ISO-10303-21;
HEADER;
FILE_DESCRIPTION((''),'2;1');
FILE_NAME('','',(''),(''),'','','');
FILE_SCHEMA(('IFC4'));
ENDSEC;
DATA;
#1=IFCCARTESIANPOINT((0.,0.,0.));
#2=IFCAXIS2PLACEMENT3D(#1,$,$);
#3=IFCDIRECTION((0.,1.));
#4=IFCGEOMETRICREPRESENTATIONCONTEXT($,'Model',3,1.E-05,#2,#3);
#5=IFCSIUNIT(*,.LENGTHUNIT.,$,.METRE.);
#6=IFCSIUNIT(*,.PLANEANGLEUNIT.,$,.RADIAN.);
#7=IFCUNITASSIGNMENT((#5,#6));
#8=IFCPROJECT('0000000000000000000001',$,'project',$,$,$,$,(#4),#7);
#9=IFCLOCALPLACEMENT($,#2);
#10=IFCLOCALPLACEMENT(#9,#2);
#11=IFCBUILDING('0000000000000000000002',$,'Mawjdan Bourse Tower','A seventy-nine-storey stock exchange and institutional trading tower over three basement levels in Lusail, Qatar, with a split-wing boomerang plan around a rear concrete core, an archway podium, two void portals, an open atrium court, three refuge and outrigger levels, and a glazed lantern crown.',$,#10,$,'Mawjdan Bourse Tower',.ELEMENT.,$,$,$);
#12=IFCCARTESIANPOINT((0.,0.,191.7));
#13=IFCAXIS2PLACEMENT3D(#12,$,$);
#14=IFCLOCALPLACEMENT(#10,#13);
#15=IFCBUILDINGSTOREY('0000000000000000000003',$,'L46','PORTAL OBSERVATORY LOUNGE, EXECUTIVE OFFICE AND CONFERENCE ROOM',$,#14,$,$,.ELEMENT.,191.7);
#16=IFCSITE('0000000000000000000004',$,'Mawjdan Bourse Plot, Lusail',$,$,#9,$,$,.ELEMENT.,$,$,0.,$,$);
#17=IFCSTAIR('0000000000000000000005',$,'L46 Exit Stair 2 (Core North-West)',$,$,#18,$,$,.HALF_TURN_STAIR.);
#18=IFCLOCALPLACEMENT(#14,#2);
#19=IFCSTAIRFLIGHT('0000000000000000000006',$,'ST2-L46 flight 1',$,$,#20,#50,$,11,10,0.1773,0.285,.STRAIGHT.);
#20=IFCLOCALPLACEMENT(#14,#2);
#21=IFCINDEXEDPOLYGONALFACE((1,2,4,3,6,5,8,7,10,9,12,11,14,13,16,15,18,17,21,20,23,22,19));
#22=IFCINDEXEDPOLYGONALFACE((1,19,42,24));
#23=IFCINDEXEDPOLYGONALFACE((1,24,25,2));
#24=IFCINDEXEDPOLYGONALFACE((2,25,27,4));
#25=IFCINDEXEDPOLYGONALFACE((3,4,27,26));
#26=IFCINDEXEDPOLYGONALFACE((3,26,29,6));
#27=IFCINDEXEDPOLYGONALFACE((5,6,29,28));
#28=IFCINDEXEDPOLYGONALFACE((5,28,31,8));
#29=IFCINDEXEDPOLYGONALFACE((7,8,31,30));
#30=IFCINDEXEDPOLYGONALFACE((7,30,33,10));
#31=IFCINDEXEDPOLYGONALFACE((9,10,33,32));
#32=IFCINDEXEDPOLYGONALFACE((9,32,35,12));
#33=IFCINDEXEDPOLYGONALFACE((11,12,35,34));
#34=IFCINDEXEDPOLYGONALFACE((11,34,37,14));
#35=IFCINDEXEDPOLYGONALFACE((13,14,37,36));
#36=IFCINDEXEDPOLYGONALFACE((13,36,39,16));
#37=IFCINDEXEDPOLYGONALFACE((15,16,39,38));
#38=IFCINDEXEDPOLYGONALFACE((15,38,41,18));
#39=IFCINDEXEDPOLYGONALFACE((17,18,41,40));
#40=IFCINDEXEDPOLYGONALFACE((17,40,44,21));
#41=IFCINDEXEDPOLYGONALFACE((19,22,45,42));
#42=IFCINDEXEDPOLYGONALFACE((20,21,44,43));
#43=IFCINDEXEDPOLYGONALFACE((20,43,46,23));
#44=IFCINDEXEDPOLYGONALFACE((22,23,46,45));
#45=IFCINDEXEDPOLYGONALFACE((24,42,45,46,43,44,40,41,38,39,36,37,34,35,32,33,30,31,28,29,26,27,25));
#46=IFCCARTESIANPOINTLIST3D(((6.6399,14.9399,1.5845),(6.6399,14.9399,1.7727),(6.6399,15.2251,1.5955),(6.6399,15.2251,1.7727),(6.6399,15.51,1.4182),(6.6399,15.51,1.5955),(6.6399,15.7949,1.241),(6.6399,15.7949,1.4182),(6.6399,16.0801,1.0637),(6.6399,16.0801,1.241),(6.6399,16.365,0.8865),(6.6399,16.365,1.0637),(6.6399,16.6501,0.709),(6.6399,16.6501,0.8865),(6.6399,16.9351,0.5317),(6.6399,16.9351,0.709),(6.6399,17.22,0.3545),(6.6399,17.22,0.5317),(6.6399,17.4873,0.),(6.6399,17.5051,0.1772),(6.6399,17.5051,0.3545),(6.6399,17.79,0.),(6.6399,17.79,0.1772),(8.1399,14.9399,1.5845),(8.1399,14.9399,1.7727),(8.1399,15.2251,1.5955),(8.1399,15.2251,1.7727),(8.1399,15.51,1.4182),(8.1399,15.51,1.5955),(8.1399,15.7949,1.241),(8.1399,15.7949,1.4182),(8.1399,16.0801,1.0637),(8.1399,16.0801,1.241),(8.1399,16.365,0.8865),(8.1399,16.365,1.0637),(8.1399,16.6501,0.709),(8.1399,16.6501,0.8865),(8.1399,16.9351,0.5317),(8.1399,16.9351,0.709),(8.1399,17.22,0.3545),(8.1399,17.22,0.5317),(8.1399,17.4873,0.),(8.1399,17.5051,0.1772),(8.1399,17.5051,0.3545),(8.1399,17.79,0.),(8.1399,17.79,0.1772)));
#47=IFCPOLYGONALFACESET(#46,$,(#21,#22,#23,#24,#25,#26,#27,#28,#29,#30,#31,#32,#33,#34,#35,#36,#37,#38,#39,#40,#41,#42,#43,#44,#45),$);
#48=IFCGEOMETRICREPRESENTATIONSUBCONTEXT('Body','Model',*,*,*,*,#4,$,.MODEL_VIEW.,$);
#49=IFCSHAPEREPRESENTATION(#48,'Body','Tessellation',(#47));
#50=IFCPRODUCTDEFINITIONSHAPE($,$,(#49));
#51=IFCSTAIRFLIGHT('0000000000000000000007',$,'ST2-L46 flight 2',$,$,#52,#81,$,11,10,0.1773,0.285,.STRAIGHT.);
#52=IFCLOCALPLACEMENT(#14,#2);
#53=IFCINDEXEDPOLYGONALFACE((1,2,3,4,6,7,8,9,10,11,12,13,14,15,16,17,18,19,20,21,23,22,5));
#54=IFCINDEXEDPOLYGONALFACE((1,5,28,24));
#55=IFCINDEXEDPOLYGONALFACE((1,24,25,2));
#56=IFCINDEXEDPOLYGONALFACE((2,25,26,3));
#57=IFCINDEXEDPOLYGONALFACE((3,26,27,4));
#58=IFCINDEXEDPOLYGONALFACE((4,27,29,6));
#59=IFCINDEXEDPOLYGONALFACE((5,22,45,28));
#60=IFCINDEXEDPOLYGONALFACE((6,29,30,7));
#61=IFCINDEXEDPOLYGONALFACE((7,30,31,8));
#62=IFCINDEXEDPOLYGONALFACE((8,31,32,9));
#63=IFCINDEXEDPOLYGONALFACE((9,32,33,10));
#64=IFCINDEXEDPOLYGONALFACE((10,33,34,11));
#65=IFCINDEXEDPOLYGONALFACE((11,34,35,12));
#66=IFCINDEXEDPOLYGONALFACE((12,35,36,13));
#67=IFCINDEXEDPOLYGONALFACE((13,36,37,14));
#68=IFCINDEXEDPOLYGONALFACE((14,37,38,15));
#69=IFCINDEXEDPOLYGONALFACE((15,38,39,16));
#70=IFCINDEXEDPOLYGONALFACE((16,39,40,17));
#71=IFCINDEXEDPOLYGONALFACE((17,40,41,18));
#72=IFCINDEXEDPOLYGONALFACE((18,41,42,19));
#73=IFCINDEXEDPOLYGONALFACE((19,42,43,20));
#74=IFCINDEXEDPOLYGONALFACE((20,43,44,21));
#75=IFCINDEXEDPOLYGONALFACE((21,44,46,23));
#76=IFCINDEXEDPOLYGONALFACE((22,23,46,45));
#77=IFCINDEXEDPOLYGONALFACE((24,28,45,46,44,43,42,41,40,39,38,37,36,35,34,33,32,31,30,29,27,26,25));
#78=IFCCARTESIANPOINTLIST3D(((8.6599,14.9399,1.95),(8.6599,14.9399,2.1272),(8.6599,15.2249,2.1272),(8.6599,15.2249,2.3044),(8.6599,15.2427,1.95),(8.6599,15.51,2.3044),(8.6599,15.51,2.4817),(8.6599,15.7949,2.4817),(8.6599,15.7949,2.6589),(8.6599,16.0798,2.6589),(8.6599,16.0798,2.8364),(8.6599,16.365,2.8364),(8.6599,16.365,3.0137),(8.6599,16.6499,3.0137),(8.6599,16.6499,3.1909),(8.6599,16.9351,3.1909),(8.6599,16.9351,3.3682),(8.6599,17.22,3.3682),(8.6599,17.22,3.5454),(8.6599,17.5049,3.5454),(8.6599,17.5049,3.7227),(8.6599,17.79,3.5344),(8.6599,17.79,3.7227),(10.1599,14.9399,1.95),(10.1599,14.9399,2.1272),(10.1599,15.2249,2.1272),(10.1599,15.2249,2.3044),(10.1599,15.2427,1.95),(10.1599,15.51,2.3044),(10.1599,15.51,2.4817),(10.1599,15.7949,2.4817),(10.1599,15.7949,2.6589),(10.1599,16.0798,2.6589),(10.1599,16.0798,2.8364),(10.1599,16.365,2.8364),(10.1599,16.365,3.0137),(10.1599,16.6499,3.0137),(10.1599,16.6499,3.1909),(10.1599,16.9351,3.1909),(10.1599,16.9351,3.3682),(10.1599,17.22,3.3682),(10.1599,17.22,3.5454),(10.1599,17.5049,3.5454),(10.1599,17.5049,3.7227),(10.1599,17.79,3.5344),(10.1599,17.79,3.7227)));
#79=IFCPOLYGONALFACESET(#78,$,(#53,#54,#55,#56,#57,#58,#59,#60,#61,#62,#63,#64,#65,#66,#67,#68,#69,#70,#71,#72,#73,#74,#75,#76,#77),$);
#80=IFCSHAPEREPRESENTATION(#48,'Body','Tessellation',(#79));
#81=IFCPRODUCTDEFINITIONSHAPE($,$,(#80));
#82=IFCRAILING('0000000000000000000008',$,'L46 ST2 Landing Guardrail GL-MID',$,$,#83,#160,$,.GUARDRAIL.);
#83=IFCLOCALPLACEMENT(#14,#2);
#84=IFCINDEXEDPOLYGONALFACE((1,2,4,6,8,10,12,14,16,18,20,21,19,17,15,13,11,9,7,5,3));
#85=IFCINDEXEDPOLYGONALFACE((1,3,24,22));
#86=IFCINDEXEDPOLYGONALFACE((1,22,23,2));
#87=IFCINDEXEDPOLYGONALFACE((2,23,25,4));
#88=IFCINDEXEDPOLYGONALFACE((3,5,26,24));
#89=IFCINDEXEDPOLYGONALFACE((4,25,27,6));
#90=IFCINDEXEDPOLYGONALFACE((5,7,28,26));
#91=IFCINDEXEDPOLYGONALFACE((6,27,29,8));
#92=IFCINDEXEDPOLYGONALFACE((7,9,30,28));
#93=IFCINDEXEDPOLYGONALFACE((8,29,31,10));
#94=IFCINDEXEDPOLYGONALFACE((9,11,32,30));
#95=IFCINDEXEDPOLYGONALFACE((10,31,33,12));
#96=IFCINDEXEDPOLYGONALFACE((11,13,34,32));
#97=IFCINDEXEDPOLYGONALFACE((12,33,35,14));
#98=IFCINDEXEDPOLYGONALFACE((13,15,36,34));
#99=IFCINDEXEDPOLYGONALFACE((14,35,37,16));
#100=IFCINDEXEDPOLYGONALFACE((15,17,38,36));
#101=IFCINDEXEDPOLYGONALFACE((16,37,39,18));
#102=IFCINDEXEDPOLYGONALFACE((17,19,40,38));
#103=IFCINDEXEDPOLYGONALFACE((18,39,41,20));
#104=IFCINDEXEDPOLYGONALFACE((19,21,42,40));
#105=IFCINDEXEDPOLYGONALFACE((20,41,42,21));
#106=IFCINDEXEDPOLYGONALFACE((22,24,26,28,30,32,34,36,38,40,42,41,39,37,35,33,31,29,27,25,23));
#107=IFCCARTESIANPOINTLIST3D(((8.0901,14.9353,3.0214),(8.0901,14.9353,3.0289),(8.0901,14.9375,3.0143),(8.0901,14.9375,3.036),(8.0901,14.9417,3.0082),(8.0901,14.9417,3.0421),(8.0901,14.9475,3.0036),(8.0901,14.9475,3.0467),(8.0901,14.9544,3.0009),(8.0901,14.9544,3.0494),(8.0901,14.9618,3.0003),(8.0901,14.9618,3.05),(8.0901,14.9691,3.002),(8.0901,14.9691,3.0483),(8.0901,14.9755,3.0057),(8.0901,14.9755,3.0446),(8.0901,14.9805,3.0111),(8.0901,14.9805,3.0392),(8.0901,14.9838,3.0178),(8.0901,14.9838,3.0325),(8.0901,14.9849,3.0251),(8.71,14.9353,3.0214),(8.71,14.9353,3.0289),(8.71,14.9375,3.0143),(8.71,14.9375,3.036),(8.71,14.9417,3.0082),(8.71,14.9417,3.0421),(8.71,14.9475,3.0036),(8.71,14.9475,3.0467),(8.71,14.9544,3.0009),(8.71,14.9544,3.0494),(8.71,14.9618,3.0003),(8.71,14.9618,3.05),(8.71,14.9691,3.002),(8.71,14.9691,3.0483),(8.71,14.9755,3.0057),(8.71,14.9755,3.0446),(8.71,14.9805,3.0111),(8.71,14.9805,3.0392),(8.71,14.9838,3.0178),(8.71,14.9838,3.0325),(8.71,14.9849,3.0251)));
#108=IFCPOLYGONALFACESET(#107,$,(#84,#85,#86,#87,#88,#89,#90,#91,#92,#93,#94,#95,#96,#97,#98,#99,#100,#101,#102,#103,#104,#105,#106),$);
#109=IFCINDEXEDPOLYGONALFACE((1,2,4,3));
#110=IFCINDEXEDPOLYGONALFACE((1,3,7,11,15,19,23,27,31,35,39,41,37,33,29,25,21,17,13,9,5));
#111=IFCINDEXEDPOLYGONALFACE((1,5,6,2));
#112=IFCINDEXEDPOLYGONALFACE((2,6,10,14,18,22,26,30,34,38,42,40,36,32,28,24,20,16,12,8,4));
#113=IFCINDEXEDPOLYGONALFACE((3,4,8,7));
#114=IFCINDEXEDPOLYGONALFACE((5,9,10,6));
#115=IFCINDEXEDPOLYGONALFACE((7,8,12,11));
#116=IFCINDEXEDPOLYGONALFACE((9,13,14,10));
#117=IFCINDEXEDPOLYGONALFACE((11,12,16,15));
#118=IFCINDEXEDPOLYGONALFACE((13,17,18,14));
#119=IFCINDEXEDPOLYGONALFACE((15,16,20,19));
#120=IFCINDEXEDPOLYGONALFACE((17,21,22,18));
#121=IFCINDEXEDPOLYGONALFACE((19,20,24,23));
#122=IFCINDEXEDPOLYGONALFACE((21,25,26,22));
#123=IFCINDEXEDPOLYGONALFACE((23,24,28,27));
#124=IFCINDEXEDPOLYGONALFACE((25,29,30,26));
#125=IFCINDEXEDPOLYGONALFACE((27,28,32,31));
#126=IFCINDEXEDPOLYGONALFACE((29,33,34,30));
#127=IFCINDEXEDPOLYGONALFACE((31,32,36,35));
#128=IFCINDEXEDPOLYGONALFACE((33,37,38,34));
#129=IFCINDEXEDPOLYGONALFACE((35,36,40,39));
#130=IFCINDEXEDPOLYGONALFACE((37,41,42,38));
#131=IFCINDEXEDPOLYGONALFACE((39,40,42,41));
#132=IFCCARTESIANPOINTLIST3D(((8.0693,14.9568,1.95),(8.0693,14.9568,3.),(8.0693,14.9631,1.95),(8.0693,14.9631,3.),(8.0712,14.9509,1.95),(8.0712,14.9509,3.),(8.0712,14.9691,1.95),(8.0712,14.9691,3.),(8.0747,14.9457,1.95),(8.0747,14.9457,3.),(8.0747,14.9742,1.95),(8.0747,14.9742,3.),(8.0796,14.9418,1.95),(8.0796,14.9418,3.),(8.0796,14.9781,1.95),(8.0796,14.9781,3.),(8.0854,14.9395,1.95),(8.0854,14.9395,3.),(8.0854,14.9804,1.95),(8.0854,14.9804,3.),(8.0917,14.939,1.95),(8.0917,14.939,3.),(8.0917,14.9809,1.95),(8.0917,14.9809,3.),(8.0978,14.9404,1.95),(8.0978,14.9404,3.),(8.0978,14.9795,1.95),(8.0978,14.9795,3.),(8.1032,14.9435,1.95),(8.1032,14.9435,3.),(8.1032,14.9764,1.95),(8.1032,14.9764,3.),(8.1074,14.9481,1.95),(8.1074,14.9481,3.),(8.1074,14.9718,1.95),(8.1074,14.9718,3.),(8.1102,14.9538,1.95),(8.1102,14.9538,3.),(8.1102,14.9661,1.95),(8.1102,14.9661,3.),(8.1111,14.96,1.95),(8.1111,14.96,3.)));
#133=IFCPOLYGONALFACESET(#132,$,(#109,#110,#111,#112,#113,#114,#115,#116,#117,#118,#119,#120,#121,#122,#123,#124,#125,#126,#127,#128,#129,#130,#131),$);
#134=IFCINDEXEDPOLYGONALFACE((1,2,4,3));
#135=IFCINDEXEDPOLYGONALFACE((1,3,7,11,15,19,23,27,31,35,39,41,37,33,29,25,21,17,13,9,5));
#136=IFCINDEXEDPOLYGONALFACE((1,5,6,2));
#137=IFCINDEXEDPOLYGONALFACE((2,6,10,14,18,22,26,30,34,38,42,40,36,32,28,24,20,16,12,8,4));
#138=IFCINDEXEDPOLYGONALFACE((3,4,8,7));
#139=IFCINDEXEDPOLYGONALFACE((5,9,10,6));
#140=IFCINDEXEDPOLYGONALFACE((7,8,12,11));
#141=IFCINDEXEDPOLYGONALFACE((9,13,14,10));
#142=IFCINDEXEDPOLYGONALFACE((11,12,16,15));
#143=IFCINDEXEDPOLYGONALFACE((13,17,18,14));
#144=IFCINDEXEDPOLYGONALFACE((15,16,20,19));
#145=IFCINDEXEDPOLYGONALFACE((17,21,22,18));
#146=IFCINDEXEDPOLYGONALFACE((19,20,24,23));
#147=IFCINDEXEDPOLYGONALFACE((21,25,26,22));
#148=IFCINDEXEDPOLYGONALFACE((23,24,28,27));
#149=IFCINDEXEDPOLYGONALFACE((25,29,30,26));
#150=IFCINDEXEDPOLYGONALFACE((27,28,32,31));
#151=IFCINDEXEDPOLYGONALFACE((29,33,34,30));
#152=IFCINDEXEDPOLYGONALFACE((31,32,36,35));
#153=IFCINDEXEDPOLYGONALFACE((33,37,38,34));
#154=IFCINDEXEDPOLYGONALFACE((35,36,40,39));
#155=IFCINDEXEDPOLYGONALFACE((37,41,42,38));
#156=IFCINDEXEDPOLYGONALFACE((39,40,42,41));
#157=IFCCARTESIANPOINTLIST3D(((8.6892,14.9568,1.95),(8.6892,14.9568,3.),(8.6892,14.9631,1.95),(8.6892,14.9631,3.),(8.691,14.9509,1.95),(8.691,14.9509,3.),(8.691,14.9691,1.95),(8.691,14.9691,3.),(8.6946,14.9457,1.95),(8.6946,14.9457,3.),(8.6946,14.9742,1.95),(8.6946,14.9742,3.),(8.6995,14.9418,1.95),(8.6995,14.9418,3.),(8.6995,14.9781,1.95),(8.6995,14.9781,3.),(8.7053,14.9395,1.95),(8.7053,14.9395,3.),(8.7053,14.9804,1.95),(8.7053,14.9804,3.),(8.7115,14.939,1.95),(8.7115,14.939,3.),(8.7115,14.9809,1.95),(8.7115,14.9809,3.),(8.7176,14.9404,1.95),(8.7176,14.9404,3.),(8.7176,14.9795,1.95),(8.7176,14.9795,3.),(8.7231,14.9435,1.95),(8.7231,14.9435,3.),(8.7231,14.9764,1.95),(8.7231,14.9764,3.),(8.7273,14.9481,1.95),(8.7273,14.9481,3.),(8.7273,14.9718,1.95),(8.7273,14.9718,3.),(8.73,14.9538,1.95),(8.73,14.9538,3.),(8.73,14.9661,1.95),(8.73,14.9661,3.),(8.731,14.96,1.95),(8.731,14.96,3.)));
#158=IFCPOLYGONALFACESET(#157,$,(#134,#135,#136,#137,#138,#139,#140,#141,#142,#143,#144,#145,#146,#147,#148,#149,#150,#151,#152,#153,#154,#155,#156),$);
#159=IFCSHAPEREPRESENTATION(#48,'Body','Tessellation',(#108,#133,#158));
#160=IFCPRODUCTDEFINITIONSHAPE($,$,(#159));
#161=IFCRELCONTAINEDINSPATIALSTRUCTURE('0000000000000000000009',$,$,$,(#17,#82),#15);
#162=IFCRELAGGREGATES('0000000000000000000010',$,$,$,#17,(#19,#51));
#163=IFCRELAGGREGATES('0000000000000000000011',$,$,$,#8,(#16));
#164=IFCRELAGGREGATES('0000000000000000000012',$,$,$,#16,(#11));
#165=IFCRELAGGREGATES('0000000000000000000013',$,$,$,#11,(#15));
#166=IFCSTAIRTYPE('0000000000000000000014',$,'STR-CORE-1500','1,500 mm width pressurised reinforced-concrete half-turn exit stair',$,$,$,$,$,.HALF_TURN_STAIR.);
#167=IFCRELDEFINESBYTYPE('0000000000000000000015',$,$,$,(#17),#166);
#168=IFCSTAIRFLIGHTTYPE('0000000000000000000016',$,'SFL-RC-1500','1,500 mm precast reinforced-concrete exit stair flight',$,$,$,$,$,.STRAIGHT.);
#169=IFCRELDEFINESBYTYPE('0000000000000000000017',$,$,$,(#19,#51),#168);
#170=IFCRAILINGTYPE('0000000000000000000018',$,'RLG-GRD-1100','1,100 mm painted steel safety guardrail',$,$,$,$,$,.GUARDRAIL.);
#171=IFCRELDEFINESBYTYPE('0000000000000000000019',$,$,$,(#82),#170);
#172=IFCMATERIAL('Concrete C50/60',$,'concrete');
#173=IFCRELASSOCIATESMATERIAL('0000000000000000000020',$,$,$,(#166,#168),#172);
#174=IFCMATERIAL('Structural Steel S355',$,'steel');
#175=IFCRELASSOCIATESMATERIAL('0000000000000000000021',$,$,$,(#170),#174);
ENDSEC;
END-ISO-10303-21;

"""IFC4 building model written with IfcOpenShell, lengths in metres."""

from ifc_helpers import new_model, si_unit, direction, frame, origin, origin_2d, place, context, subcontext, project, spatial, polyline, circle, outline, extrude, material, type_object, element, aggregate, save


model = new_model("IFC4")

# Units and contexts
model_context = context("Model", 3, precision=1e-05, world=origin(), true_north=direction((0.0, 1.0)))
body_context = subcontext(model_context, "Body", "Model", "MODEL_VIEW")
ifc_project = project(units=[si_unit("LENGTHUNIT", "METRE"), si_unit("PLANEANGLEUNIT", "RADIAN")], contexts=[model_context])

# Site, building, storey
site_placement = place(None, origin())
site = spatial("IfcSite", under=ifc_project, at=site_placement, Name="Mawjdan Bourse Plot, Lusail", CompositionType="ELEMENT", RefElevation=0.0)
building_placement = place(site_placement, origin())
building = spatial("IfcBuilding", under=site, at=building_placement, Name="Mawjdan Bourse Tower", Description="A seventy-nine-storey stock exchange and institutional trading tower over three basement levels in Lusail, Qatar, with a split-wing boomerang plan around a rear concrete core, an archway podium, two void portals, an open atrium court, three refuge and outrigger levels, and a glazed lantern crown.", LongName="Mawjdan Bourse Tower", CompositionType="ELEMENT")
storey_placement = place(building_placement, frame((0.0, 0.0, 191.7)))
storey = spatial("IfcBuildingStorey", under=building, at=storey_placement, Name="L46", Description="PORTAL OBSERVATORY LOUNGE, EXECUTIVE OFFICE AND CONFERENCE ROOM", CompositionType="ELEMENT", Elevation=191.7)

# Shared definitions
ifc_material_1 = material(Name="Structural Steel S355", Category="steel")

# Shared definitions
ifc_material_2 = material(Name="Concrete C50/60", Category="concrete")

# Stair, stair flights
stair_type = type_object("IfcStairType", Name="STR-CORE-1500", Description="1,500 mm width pressurised reinforced-concrete half-turn exit stair", PredefinedType="HALF_TURN_STAIR", material=ifc_material_2)
stair_placement = place(storey_placement, origin())
stair = element("IfcStair", 1, at=stair_placement, inside=storey, type_object=stair_type, Name="L46 Exit Stair 2 (Core North-West)", PredefinedType="HALF_TURN_STAIR")
stair_flight_type = type_object("IfcStairFlightType", Name="SFL-RC-1500", Description="1,500 mm precast reinforced-concrete exit stair flight", PredefinedType="STRAIGHT", material=ifc_material_2)
stair_flight_1_placement = place(storey_placement, frame((7.3899, 17.79, 0.0), z_axis=(0.0, 0.0, 1.0), x_axis=(0.0, -1.0, 0.0)))
stair_flight_1 = element("IfcStairFlight", 2, at=stair_flight_1_placement, type_object=stair_flight_type, Name="ST2-L46 flight 1", NumberOfRisers=11, NumberOfTreads=10, PredefinedType="STRAIGHT", RiserHeight=0.1773, TreadLength=0.285, context=body_context, shape_type="SweptSolid", body=[
    extrude(outline(polyline([(0.0, 0.0), (0.0, 0.1772), (0.2849, 0.1772), (0.2849, 0.3545), (0.5701, 0.3545), (0.5701, 0.5317), (0.855, 0.5317), (0.855, 0.709), (1.1399, 0.709), (1.1399, 0.8865), (1.425, 0.8865), (1.425, 1.0637), (1.71, 1.0637), (1.71, 1.241), (1.9951, 1.241), (1.9951, 1.4182), (2.28, 1.4182), (2.28, 1.5955), (2.5649, 1.5955), (2.5649, 1.7727), (2.8501, 1.7727), (2.8501, 1.95), (2.8501, 1.5845), (0.3027, 0.0), (0.0, 0.0)])), frame((0.0, 0.75, 0.0), z_axis=(0.0, -1.0, 0.0), x_axis=(1.0, 0.0, 0.0)), (0.0, 0.0, 1.0), 1.5),
])
stair_flight_2_placement = place(storey_placement, frame((9.4099, 14.9399, 1.95), z_axis=(0.0, 0.0, 1.0), x_axis=(0.0, 1.0, 0.0)))
stair_flight_2 = element("IfcStairFlight", 3, at=stair_flight_2_placement, type_object=stair_flight_type, Name="ST2-L46 flight 2", NumberOfRisers=11, NumberOfTreads=10, PredefinedType="STRAIGHT", RiserHeight=0.1773, TreadLength=0.285, context=body_context, shape_type="SweptSolid", body=[
    extrude(outline(polyline([(0.0, 0.0), (0.0, 0.1772), (0.2849, 0.1772), (0.2849, 0.3545), (0.5701, 0.3545), (0.5701, 0.5317), (0.855, 0.5317), (0.855, 0.709), (1.1399, 0.709), (1.1399, 0.8865), (1.425, 0.8865), (1.425, 1.0637), (1.71, 1.0637), (1.71, 1.241), (1.9951, 1.241), (1.9951, 1.4182), (2.28, 1.4182), (2.28, 1.5955), (2.5649, 1.5955), (2.5649, 1.7727), (2.8501, 1.7727), (2.8501, 1.95), (2.8501, 1.5845), (0.3027, 0.0), (0.0, 0.0)])), frame((0.0, 0.75, 0.0), z_axis=(0.0, -1.0, 0.0), x_axis=(1.0, 0.0, 0.0)), (0.0, 0.0, 1.0), 1.5),
])
aggregate(stair, [stair_flight_1, stair_flight_2])

# Railing
railing_type_1 = type_object("IfcRailingType", Name="RLG-GRD-1100", Description="1,100 mm painted steel safety guardrail", PredefinedType="GUARDRAIL", material=ifc_material_1)
for number, where, name in (
    (4, (8.0901, 14.96, 1.95), "L46 ST2 Landing Guardrail GL-MID"),
):
    element("IfcRailing", number, at=place(storey_placement, frame(where)), inside=storey, type_object=railing_type_1, Name=name, PredefinedType="GUARDRAIL", context=body_context, shape_type="SweptSolid", body=[
        extrude(circle(Radius=0.0249, at=origin_2d()), frame((0.0, 0.0, 1.0752), z_axis=(1.0, 0.0, 0.0), x_axis=(0.0, 1.0, 0.0)), (0.0, 0.0, 1.0), 0.6199),
        extrude(circle(Radius=0.021, at=origin_2d()), origin(), (0.0, 0.0, 1.0), 1.05),
        extrude(circle(Radius=0.021, at=origin_2d()), frame((0.6199, 0.0, 0.0)), (0.0, 0.0, 1.0), 1.05),
    ])

save(model, "model.ifc")
